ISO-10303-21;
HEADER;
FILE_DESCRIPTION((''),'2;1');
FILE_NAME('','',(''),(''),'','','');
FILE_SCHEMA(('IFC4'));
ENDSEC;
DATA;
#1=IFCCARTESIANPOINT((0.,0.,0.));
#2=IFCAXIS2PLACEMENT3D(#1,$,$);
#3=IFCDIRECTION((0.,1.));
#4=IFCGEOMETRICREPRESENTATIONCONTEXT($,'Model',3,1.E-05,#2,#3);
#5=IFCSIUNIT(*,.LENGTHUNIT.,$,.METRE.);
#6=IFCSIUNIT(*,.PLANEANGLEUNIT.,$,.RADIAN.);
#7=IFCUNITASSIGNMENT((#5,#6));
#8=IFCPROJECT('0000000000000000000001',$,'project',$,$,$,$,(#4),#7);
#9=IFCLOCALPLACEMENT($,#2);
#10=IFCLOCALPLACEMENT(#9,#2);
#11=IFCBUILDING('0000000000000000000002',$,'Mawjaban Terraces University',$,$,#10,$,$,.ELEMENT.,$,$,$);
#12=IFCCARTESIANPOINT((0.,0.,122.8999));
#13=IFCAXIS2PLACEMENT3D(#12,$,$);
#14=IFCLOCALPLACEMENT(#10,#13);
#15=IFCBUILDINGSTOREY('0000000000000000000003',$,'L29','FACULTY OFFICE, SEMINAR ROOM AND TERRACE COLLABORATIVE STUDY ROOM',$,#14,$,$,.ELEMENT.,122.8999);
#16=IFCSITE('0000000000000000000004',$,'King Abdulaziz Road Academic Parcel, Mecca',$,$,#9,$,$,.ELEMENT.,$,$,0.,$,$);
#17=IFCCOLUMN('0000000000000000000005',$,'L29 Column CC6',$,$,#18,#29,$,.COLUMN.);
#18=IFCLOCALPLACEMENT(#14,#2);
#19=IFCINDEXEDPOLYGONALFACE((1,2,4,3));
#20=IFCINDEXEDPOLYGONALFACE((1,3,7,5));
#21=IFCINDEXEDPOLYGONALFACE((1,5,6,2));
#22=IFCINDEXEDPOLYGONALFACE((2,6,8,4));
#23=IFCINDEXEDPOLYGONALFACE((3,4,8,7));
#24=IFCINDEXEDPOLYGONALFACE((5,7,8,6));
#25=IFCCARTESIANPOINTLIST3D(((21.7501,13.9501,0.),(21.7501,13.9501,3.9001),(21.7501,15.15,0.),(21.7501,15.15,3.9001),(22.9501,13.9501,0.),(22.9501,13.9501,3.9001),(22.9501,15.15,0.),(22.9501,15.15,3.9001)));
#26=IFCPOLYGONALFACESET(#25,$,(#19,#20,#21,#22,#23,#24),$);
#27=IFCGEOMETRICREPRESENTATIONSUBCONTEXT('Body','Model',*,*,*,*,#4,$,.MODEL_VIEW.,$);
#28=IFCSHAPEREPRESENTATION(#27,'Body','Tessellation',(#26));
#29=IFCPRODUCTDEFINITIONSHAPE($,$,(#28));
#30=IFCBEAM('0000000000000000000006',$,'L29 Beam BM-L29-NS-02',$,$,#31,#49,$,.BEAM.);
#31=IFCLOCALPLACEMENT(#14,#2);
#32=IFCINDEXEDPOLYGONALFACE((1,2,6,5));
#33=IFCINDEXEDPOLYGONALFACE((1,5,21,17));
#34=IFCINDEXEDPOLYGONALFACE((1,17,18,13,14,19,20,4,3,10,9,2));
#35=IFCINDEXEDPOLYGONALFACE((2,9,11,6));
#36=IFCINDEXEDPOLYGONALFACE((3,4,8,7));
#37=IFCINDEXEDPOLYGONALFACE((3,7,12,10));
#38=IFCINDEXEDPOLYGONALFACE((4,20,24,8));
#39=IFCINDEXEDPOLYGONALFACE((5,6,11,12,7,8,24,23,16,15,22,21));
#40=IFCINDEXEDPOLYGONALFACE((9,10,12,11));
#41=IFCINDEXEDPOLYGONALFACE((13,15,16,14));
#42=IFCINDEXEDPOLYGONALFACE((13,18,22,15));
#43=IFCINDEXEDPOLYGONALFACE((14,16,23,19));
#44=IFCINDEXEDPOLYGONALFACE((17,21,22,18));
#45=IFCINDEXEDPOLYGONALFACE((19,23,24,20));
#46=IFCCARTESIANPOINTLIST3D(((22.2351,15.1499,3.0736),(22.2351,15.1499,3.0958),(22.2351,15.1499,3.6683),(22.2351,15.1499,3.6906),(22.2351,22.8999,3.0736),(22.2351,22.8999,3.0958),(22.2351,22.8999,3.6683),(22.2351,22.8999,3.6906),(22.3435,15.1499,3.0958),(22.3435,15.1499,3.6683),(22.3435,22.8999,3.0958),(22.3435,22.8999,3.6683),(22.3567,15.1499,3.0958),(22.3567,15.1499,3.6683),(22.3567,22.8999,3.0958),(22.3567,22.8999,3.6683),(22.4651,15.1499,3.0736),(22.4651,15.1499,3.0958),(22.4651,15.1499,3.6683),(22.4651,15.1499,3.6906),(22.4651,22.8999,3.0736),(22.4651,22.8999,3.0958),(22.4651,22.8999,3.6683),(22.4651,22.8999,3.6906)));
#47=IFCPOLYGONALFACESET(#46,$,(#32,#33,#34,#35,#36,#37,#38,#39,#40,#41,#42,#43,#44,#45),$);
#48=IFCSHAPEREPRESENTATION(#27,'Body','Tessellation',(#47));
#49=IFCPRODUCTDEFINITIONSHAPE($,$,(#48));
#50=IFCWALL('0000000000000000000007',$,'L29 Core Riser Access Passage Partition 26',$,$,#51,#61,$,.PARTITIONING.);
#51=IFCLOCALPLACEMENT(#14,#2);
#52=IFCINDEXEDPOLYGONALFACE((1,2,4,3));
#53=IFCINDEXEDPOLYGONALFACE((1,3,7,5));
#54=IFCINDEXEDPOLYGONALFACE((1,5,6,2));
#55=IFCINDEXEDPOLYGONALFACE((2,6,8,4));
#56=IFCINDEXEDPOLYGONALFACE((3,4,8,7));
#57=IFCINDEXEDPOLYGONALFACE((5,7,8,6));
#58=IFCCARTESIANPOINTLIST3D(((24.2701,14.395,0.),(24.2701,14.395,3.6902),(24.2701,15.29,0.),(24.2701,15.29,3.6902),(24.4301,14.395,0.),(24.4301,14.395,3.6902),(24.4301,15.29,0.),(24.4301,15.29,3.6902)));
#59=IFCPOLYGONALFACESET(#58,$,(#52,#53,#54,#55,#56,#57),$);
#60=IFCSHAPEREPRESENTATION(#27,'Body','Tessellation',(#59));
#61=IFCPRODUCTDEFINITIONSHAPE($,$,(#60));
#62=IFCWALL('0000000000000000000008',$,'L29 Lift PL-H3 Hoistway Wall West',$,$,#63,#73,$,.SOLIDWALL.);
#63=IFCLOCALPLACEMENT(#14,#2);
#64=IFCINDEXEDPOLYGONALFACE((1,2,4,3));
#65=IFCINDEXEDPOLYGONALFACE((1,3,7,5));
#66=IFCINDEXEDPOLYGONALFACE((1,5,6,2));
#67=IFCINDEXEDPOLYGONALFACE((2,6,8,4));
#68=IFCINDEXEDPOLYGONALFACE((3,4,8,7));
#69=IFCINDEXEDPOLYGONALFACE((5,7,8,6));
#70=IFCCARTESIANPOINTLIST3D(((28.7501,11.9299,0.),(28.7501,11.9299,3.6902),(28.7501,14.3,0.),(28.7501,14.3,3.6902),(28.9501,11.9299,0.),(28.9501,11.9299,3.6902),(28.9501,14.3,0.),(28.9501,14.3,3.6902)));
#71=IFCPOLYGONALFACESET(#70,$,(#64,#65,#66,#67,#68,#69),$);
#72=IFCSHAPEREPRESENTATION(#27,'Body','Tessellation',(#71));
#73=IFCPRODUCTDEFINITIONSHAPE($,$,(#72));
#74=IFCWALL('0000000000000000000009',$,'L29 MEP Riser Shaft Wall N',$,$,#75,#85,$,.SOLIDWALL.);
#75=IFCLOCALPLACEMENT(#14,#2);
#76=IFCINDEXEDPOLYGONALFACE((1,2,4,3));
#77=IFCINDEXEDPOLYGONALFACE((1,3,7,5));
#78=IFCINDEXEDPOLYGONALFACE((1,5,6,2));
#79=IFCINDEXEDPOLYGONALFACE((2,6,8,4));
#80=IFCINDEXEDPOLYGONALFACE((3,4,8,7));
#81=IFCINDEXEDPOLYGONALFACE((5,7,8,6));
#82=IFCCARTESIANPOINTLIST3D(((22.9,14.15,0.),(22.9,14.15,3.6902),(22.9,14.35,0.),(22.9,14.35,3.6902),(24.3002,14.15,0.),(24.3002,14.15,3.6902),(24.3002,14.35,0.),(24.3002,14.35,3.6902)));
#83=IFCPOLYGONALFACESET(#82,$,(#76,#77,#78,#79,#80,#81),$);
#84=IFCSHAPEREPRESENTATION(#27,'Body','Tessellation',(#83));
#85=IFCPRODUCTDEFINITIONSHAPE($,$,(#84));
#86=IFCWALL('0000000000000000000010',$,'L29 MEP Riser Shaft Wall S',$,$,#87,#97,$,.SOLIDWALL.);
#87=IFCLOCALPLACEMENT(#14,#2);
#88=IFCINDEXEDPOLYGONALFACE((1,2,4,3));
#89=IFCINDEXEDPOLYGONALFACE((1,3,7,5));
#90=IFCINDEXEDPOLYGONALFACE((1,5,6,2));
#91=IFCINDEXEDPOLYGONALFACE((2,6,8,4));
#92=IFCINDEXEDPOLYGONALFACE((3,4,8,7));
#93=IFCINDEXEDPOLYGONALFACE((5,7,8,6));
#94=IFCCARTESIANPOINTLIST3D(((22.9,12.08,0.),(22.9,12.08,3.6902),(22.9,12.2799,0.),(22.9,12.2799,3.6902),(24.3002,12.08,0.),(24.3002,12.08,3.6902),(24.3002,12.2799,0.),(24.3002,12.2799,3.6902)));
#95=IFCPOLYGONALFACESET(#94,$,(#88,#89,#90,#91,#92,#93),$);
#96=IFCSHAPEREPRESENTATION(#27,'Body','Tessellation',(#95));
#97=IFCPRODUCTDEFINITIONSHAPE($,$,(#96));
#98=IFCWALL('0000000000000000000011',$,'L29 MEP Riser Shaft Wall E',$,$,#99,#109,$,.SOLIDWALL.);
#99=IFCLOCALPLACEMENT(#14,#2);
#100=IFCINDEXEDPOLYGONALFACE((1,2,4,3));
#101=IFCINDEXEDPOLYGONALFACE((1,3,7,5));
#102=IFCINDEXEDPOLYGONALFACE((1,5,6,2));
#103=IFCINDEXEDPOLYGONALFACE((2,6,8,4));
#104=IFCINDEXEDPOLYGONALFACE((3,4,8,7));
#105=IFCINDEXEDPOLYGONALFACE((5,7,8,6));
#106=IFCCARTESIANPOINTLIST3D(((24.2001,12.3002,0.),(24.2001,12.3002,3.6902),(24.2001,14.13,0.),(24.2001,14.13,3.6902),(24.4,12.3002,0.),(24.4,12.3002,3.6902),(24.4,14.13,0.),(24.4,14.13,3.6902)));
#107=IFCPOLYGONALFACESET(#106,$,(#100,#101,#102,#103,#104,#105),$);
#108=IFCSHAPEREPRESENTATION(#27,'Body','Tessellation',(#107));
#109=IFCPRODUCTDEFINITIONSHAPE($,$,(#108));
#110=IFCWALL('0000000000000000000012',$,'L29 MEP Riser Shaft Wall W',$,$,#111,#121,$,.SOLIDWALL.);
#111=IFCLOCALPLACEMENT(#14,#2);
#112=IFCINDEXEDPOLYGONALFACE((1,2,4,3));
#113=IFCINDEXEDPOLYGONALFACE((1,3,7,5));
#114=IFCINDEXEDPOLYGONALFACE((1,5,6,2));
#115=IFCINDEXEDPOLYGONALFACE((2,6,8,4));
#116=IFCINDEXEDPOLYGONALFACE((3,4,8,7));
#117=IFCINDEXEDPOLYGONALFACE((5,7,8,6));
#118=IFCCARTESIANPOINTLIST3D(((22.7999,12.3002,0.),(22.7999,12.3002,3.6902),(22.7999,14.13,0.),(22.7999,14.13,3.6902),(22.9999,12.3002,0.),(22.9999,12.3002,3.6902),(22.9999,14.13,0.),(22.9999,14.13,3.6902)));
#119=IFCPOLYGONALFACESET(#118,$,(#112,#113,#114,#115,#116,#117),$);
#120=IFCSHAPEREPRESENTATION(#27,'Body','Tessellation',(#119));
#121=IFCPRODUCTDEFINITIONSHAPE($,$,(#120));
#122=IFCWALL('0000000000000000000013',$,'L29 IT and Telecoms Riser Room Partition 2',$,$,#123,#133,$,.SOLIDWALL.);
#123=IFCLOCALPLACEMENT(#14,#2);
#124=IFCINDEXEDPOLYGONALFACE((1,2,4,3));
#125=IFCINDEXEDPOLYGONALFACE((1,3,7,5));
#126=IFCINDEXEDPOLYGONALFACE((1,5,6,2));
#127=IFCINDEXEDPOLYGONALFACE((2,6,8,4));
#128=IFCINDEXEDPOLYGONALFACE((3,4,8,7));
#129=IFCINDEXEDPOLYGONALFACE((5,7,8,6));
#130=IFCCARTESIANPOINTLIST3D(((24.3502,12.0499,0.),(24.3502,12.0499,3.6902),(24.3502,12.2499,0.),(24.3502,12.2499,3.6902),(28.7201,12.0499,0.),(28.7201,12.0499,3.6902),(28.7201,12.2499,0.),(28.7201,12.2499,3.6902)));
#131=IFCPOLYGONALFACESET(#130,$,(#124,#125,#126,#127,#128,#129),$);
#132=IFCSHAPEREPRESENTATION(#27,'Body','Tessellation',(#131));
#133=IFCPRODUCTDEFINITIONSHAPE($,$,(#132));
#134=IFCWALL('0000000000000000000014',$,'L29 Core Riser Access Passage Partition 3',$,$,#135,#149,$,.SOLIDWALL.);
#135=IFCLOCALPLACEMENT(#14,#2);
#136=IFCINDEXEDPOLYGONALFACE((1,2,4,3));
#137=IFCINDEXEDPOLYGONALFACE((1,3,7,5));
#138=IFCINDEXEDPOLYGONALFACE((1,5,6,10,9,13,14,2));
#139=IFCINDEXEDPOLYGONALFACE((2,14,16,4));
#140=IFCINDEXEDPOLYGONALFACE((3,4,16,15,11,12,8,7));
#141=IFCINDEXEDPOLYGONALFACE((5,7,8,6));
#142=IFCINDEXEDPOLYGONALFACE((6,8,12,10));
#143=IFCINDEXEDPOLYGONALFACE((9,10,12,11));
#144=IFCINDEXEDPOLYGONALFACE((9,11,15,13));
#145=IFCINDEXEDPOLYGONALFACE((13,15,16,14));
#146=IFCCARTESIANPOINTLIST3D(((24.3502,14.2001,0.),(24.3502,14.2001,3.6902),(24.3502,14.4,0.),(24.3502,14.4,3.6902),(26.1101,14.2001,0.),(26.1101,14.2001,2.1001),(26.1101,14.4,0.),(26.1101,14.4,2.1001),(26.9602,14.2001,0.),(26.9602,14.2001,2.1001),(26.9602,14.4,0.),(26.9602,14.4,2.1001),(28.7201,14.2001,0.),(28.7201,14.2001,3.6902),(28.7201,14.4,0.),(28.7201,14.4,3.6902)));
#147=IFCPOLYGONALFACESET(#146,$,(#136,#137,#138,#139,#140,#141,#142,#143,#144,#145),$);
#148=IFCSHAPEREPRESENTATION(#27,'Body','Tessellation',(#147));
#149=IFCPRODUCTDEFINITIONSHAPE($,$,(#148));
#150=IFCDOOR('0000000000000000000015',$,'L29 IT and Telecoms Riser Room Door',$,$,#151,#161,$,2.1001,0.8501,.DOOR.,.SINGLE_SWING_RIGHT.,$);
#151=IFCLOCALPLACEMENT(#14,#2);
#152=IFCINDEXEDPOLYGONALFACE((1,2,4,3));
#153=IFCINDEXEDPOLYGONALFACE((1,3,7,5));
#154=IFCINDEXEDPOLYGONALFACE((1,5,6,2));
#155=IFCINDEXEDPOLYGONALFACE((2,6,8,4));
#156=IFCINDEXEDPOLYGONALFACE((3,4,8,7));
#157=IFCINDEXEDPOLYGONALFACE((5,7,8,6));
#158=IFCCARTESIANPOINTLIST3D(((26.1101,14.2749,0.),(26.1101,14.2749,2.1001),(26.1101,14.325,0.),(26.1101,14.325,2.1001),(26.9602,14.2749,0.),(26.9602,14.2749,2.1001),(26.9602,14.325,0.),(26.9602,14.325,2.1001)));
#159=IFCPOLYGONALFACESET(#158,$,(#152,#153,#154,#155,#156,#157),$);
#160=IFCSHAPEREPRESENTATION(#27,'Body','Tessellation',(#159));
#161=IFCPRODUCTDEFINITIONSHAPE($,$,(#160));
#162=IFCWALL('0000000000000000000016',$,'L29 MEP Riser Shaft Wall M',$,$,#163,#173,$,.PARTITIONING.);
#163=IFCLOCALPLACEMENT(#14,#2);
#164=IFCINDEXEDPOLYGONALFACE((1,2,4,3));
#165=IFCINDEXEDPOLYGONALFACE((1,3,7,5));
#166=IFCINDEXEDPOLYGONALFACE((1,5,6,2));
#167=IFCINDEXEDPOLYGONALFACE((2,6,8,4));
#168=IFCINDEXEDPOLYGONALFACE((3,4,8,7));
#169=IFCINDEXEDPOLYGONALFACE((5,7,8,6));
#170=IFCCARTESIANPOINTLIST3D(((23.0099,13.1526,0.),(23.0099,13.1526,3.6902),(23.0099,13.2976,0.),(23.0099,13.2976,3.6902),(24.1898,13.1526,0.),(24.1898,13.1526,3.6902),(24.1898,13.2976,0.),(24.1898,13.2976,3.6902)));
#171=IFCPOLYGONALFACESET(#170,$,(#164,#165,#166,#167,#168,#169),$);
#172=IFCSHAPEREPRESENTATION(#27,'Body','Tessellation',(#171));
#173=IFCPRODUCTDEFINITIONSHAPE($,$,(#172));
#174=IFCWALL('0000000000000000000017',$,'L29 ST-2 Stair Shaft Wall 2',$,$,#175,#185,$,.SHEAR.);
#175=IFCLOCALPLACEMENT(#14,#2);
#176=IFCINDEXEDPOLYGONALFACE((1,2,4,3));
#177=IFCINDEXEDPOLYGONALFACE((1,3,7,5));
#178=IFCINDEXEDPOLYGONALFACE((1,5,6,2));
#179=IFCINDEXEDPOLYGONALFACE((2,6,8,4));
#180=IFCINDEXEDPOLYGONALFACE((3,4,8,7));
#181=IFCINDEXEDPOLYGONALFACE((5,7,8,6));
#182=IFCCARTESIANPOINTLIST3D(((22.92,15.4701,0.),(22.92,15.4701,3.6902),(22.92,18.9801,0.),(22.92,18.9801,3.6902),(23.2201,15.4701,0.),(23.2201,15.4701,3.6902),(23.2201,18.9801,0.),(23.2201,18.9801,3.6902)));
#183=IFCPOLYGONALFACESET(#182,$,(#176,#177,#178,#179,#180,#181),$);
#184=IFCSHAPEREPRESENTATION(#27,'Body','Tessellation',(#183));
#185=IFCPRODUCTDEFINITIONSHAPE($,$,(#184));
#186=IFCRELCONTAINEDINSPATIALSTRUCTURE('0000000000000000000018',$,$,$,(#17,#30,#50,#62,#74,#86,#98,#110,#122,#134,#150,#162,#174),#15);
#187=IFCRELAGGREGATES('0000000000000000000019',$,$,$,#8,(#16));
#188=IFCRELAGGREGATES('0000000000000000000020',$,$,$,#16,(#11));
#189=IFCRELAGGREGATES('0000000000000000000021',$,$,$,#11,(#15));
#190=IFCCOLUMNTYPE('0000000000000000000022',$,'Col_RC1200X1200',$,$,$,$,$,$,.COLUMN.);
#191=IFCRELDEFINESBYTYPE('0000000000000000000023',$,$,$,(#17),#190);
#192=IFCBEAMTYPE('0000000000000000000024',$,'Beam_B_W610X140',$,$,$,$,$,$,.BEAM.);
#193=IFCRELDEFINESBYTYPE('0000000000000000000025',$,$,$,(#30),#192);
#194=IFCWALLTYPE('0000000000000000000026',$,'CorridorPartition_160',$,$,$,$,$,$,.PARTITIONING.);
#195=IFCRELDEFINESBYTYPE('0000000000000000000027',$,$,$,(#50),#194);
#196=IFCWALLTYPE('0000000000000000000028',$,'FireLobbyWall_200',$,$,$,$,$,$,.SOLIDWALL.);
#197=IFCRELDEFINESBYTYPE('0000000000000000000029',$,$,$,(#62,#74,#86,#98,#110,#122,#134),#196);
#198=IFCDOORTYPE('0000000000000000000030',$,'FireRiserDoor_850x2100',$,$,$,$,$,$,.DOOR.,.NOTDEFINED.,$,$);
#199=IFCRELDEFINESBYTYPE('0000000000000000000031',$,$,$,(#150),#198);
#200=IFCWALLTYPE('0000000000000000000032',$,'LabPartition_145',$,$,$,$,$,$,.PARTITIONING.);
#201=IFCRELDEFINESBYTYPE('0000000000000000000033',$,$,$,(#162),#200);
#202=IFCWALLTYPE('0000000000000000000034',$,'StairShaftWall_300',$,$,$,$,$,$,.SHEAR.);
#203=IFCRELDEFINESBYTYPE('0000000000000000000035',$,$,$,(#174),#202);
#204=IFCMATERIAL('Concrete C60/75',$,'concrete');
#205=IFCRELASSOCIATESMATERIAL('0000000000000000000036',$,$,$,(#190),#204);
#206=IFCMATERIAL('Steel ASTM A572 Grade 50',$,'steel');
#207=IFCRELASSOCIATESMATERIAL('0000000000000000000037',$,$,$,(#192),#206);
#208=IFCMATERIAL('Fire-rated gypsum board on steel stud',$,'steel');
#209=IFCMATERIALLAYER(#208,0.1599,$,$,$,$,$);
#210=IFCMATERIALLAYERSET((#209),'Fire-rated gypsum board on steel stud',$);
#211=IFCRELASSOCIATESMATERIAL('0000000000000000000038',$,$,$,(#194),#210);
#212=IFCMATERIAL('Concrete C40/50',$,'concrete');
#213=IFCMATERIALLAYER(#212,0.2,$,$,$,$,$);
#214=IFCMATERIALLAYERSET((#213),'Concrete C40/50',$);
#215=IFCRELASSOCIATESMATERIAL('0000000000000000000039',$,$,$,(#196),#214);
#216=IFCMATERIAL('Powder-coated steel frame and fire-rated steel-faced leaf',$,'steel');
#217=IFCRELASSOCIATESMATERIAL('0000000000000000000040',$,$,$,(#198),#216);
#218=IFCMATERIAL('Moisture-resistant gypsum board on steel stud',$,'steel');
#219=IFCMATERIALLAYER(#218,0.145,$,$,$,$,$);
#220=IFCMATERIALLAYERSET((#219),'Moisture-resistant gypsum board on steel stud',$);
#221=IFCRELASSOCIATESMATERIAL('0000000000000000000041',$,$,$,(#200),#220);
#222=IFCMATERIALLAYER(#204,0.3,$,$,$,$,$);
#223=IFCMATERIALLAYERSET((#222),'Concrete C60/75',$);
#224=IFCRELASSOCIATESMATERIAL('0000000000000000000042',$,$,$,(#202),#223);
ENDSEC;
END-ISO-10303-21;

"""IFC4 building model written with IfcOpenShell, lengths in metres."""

from ifc_helpers import new_model, si_unit, direction, frame, frame_2d, origin, origin_2d, place, context, subcontext, project, spatial, rectangle, i_section, extrude, material, layer, layer_set, material_profile, profile_set, type_object, element, fill, save


model = new_model("IFC4")

# Units and contexts
model_context = context("Model", 3, precision=1e-05, world=origin(), true_north=direction((0.0, 1.0)))
body_context = subcontext(model_context, "Body", "Model", "MODEL_VIEW")
ifc_project = project(units=[si_unit("LENGTHUNIT", "METRE"), si_unit("PLANEANGLEUNIT", "RADIAN")], contexts=[model_context])

# Site, building, storey
site_placement = place(None, origin())
site = spatial("IfcSite", under=ifc_project, at=site_placement, Name="King Abdulaziz Road Academic Parcel, Mecca", CompositionType="ELEMENT", RefElevation=0.0)
building_placement = place(site_placement, origin())
building = spatial("IfcBuilding", under=site, at=building_placement, Name="Mawjaban Terraces University", CompositionType="ELEMENT")
storey_placement = place(building_placement, frame((0.0, 0.0, 122.8999)))
storey = spatial("IfcBuildingStorey", under=building, at=storey_placement, Name="L29", Description="FACULTY OFFICE, SEMINAR ROOM AND TERRACE COLLABORATIVE STUDY ROOM", CompositionType="ELEMENT", Elevation=122.8999)

# Column
ifc_material_1 = material(Name="Concrete C60/75", Category="concrete")
ifc_material_profile_1 = material_profile(ifc_material_1, rectangle(XDim=1.2, YDim=1.2, at=origin_2d()), Name="RC1200X1200")
ifc_profile_set_1 = profile_set([ifc_material_profile_1], Name="Concrete C60/75")
column_type = type_object("IfcColumnType", Name="Col_RC1200X1200", PredefinedType="COLUMN", material=ifc_profile_set_1)
column_placement = place(storey_placement, frame((22.3501, 14.55, 0.0), z_axis=(0.0, 0.0, 1.0), x_axis=(1.0, 0.0, 0.0)))
element("IfcColumn", 1, at=column_placement, inside=storey, type_object=column_type, Name="L29 Column CC6", PredefinedType="COLUMN", context=body_context, shape_type="SweptSolid", body=[
    extrude(rectangle(XDim=1.2, YDim=1.2, at=origin_2d()), origin(), (0.0, 0.0, 1.0), 3.9001),
])

# Beam
ifc_material_2 = material(Name="Steel ASTM A572 Grade 50", Category="steel")
ifc_material_profile_2 = material_profile(ifc_material_2, i_section(OverallWidth=0.23, OverallDepth=0.6169, WebThickness=0.0132, FlangeThickness=0.0222, at=origin_2d()), Name="W610X140")
ifc_profile_set_2 = profile_set([ifc_material_profile_2], Name="Steel ASTM A572 Grade 50")
beam_type = type_object("IfcBeamType", Name="Beam_B_W610X140", PredefinedType="BEAM", material=ifc_profile_set_2)
beam_placement = place(storey_placement, frame((22.3501, 15.1499, 3.3821), z_axis=(0.0, 1.0, 0.0), x_axis=(-1.0, 0.0, 0.0)))
element("IfcBeam", 2, at=beam_placement, inside=storey, type_object=beam_type, Name="L29 Beam BM-L29-NS-02", PredefinedType="BEAM", context=body_context, shape_type="SweptSolid", body=[
    extrude(i_section(OverallWidth=0.23, OverallDepth=0.6169, WebThickness=0.0132, FlangeThickness=0.0222, at=origin_2d()), origin(), (0.0, 0.0, 1.0), 7.75),
])

# Walls
ifc_material_3 = material(Name="Fire-rated gypsum board on steel stud", Category="steel")
ifc_layer_1 = layer(ifc_material_3, 0.1599)
ifc_layer_set_1 = layer_set([ifc_layer_1], Name="Fire-rated gypsum board on steel stud")
wall_type_1 = type_object("IfcWallType", Name="CorridorPartition_160", PredefinedType="PARTITIONING", material=ifc_layer_set_1)
wall_1_placement = place(storey_placement, frame((24.3501, 15.29, 0.0), z_axis=(0.0, 0.0, 1.0), x_axis=(0.0, -1.0, 0.0)))
element("IfcWall", 3, at=wall_1_placement, inside=storey, type_object=wall_type_1, Name="L29 Core Riser Access Passage Partition 26", PredefinedType="PARTITIONING", context=body_context, shape_type="SweptSolid", body=[
    extrude(rectangle(XDim=0.895, YDim=0.1599, at=frame_2d((0.4475, 0.0))), origin(), (0.0, 0.0, 1.0), 3.6902),
])
ifc_material_4 = material(Name="Concrete C40/50", Category="concrete")
ifc_layer_2 = layer(ifc_material_4, 0.2)
ifc_layer_set_2 = layer_set([ifc_layer_2], Name="Concrete C40/50")
wall_type_2 = type_object("IfcWallType", Name="FireLobbyWall_200", PredefinedType="SOLIDWALL", material=ifc_layer_set_2)
wall_2_placement = place(storey_placement, frame((28.8501, 14.3, 0.0), z_axis=(0.0, 0.0, 1.0), x_axis=(0.0, -1.0, 0.0)))
element("IfcWall", 4, at=wall_2_placement, inside=storey, type_object=wall_type_2, Name="L29 Lift PL-H3 Hoistway Wall West", PredefinedType="SOLIDWALL", context=body_context, shape_type="SweptSolid", body=[
    extrude(rectangle(XDim=2.3701, YDim=0.2, at=frame_2d((1.1851, 0.0))), origin(), (0.0, 0.0, 1.0), 3.6902),
])
for number, where, z_axis, x_axis, name in (
    (5, (22.8999, 14.25, 0.0), (0.0, 0.0, 1.0), (1.0, 0.0, 0.0), "L29 MEP Riser Shaft Wall N"),
    (6, (22.8999, 12.1799, 0.0), (0.0, 0.0, 1.0), (1.0, 0.0, 0.0), "L29 MEP Riser Shaft Wall S"),
):
    element("IfcWall", number, at=place(storey_placement, frame(where, z_axis=z_axis, x_axis=x_axis)), inside=storey, type_object=wall_type_2, Name=name, PredefinedType="SOLIDWALL", context=body_context, shape_type="SweptSolid", body=[
        extrude(rectangle(XDim=1.4001, YDim=0.2, at=frame_2d((0.7002, 0.0))), origin(), (0.0, 0.0, 1.0), 3.6902),
    ])
for number, where, z_axis, x_axis, name in (
    (7, (24.3, 12.3, 0.0), (0.0, 0.0, 1.0), (0.0, 1.0, 0.0), "L29 MEP Riser Shaft Wall E"),
    (8, (22.8999, 12.3, 0.0), (0.0, 0.0, 1.0), (0.0, 1.0, 0.0), "L29 MEP Riser Shaft Wall W"),
):
    element("IfcWall", number, at=place(storey_placement, frame(where, z_axis=z_axis, x_axis=x_axis)), inside=storey, type_object=wall_type_2, Name=name, PredefinedType="SOLIDWALL", context=body_context, shape_type="SweptSolid", body=[
        extrude(rectangle(XDim=1.8298, YDim=0.2, at=frame_2d((0.915, 0.0))), origin(), (0.0, 0.0, 1.0), 3.6902),
    ])
wall_3_placement = place(storey_placement, frame((24.3501, 12.1499, 0.0), z_axis=(0.0, 0.0, 1.0), x_axis=(1.0, 0.0, 0.0)))
element("IfcWall", 9, at=wall_3_placement, inside=storey, type_object=wall_type_2, Name="L29 IT and Telecoms Riser Room Partition 2", PredefinedType="SOLIDWALL", context=body_context, shape_type="SweptSolid", body=[
    extrude(rectangle(XDim=4.3699, YDim=0.2, at=frame_2d((2.1851, 0.0))), origin(), (0.0, 0.0, 1.0), 3.6902),
])

# Wall, opening, door
wall_4_placement = place(storey_placement, frame((24.3501, 14.3, 0.0), z_axis=(0.0, 0.0, 1.0), x_axis=(1.0, 0.0, 0.0)))
wall_4 = element("IfcWall", 10, at=wall_4_placement, inside=storey, type_object=wall_type_2, Name="L29 Core Riser Access Passage Partition 3", PredefinedType="SOLIDWALL", context=body_context, shape_type="SweptSolid", body=[
    extrude(rectangle(XDim=4.3699, YDim=0.2, at=frame_2d((2.1851, 0.0))), origin(), (0.0, 0.0, 1.0), 3.6902),
])
opening_placement = place(wall_4_placement, frame((1.76, 0.0, 0.0)))
opening = element("IfcOpeningElement", 11, at=opening_placement, cuts=wall_4, PredefinedType="OPENING", context=body_context, shape_type="SweptSolid", body=[
    extrude(rectangle(XDim=0.8501, YDim=2.1001, at=frame_2d((0.425, 1.05))), frame((0.0, 0.1099, 0.0), z_axis=(0.0, -1.0, 0.0), x_axis=(1.0, 0.0, 0.0)), (0.0, 0.0, 1.0), 0.22),
])
ifc_material_5 = material(Name="Powder-coated steel frame and fire-rated steel-faced leaf", Category="steel")
door_type = type_object("IfcDoorType", Name="FireRiserDoor_850x2100", OperationType="NOTDEFINED", PredefinedType="DOOR", material=ifc_material_5)
door_placement = place(opening_placement, origin())
door = element("IfcDoor", 12, at=door_placement, inside=storey, type_object=door_type, Name="L29 IT and Telecoms Riser Room Door", OperationType="SINGLE_SWING_RIGHT", OverallHeight=2.1001, OverallWidth=0.8501, PredefinedType="DOOR", context=body_context, shape_type="SweptSolid", body=[
    extrude(rectangle(XDim=0.8501, YDim=2.1001, at=frame_2d((0.425, 1.05))), frame((0.0, 0.0249, 0.0), z_axis=(0.0, -1.0, 0.0), x_axis=(1.0, 0.0, 0.0)), (0.0, 0.0, 1.0), 0.05),
])
fill(opening, door)

# Walls
ifc_material_6 = material(Name="Moisture-resistant gypsum board on steel stud", Category="steel")
ifc_layer_3 = layer(ifc_material_6, 0.145)
ifc_layer_set_3 = layer_set([ifc_layer_3], Name="Moisture-resistant gypsum board on steel stud")
wall_type_3 = type_object("IfcWallType", Name="LabPartition_145", PredefinedType="PARTITIONING", material=ifc_layer_set_3)
wall_5_placement = place(storey_placement, frame((23.01, 13.2251, 0.0), z_axis=(0.0, 0.0, 1.0), x_axis=(1.0, 0.0, 0.0)))
element("IfcWall", 13, at=wall_5_placement, inside=storey, type_object=wall_type_3, Name="L29 MEP Riser Shaft Wall M", PredefinedType="PARTITIONING", context=body_context, shape_type="SweptSolid", body=[
    extrude(rectangle(XDim=1.1799, YDim=0.145, at=frame_2d((0.5898, 0.0))), origin(), (0.0, 0.0, 1.0), 3.6902),
])
ifc_layer_4 = layer(ifc_material_1, 0.3)
ifc_layer_set_4 = layer_set([ifc_layer_4], Name="Concrete C60/75")
wall_type_4 = type_object("IfcWallType", Name="StairShaftWall_300", PredefinedType="SHEAR", material=ifc_layer_set_4)
wall_6_placement = place(storey_placement, frame((23.0701, 18.98, 0.0), z_axis=(0.0, 0.0, 1.0), x_axis=(0.0, -1.0, 0.0)))
element("IfcWall", 14, at=wall_6_placement, inside=storey, type_object=wall_type_4, Name="L29 ST-2 Stair Shaft Wall 2", PredefinedType="SHEAR", context=body_context, shape_type="SweptSolid", body=[
    extrude(rectangle(XDim=3.51, YDim=0.3, at=frame_2d((1.7549, 0.0))), origin(), (0.0, 0.0, 1.0), 3.6902),
])

save(model, "model.ifc")
